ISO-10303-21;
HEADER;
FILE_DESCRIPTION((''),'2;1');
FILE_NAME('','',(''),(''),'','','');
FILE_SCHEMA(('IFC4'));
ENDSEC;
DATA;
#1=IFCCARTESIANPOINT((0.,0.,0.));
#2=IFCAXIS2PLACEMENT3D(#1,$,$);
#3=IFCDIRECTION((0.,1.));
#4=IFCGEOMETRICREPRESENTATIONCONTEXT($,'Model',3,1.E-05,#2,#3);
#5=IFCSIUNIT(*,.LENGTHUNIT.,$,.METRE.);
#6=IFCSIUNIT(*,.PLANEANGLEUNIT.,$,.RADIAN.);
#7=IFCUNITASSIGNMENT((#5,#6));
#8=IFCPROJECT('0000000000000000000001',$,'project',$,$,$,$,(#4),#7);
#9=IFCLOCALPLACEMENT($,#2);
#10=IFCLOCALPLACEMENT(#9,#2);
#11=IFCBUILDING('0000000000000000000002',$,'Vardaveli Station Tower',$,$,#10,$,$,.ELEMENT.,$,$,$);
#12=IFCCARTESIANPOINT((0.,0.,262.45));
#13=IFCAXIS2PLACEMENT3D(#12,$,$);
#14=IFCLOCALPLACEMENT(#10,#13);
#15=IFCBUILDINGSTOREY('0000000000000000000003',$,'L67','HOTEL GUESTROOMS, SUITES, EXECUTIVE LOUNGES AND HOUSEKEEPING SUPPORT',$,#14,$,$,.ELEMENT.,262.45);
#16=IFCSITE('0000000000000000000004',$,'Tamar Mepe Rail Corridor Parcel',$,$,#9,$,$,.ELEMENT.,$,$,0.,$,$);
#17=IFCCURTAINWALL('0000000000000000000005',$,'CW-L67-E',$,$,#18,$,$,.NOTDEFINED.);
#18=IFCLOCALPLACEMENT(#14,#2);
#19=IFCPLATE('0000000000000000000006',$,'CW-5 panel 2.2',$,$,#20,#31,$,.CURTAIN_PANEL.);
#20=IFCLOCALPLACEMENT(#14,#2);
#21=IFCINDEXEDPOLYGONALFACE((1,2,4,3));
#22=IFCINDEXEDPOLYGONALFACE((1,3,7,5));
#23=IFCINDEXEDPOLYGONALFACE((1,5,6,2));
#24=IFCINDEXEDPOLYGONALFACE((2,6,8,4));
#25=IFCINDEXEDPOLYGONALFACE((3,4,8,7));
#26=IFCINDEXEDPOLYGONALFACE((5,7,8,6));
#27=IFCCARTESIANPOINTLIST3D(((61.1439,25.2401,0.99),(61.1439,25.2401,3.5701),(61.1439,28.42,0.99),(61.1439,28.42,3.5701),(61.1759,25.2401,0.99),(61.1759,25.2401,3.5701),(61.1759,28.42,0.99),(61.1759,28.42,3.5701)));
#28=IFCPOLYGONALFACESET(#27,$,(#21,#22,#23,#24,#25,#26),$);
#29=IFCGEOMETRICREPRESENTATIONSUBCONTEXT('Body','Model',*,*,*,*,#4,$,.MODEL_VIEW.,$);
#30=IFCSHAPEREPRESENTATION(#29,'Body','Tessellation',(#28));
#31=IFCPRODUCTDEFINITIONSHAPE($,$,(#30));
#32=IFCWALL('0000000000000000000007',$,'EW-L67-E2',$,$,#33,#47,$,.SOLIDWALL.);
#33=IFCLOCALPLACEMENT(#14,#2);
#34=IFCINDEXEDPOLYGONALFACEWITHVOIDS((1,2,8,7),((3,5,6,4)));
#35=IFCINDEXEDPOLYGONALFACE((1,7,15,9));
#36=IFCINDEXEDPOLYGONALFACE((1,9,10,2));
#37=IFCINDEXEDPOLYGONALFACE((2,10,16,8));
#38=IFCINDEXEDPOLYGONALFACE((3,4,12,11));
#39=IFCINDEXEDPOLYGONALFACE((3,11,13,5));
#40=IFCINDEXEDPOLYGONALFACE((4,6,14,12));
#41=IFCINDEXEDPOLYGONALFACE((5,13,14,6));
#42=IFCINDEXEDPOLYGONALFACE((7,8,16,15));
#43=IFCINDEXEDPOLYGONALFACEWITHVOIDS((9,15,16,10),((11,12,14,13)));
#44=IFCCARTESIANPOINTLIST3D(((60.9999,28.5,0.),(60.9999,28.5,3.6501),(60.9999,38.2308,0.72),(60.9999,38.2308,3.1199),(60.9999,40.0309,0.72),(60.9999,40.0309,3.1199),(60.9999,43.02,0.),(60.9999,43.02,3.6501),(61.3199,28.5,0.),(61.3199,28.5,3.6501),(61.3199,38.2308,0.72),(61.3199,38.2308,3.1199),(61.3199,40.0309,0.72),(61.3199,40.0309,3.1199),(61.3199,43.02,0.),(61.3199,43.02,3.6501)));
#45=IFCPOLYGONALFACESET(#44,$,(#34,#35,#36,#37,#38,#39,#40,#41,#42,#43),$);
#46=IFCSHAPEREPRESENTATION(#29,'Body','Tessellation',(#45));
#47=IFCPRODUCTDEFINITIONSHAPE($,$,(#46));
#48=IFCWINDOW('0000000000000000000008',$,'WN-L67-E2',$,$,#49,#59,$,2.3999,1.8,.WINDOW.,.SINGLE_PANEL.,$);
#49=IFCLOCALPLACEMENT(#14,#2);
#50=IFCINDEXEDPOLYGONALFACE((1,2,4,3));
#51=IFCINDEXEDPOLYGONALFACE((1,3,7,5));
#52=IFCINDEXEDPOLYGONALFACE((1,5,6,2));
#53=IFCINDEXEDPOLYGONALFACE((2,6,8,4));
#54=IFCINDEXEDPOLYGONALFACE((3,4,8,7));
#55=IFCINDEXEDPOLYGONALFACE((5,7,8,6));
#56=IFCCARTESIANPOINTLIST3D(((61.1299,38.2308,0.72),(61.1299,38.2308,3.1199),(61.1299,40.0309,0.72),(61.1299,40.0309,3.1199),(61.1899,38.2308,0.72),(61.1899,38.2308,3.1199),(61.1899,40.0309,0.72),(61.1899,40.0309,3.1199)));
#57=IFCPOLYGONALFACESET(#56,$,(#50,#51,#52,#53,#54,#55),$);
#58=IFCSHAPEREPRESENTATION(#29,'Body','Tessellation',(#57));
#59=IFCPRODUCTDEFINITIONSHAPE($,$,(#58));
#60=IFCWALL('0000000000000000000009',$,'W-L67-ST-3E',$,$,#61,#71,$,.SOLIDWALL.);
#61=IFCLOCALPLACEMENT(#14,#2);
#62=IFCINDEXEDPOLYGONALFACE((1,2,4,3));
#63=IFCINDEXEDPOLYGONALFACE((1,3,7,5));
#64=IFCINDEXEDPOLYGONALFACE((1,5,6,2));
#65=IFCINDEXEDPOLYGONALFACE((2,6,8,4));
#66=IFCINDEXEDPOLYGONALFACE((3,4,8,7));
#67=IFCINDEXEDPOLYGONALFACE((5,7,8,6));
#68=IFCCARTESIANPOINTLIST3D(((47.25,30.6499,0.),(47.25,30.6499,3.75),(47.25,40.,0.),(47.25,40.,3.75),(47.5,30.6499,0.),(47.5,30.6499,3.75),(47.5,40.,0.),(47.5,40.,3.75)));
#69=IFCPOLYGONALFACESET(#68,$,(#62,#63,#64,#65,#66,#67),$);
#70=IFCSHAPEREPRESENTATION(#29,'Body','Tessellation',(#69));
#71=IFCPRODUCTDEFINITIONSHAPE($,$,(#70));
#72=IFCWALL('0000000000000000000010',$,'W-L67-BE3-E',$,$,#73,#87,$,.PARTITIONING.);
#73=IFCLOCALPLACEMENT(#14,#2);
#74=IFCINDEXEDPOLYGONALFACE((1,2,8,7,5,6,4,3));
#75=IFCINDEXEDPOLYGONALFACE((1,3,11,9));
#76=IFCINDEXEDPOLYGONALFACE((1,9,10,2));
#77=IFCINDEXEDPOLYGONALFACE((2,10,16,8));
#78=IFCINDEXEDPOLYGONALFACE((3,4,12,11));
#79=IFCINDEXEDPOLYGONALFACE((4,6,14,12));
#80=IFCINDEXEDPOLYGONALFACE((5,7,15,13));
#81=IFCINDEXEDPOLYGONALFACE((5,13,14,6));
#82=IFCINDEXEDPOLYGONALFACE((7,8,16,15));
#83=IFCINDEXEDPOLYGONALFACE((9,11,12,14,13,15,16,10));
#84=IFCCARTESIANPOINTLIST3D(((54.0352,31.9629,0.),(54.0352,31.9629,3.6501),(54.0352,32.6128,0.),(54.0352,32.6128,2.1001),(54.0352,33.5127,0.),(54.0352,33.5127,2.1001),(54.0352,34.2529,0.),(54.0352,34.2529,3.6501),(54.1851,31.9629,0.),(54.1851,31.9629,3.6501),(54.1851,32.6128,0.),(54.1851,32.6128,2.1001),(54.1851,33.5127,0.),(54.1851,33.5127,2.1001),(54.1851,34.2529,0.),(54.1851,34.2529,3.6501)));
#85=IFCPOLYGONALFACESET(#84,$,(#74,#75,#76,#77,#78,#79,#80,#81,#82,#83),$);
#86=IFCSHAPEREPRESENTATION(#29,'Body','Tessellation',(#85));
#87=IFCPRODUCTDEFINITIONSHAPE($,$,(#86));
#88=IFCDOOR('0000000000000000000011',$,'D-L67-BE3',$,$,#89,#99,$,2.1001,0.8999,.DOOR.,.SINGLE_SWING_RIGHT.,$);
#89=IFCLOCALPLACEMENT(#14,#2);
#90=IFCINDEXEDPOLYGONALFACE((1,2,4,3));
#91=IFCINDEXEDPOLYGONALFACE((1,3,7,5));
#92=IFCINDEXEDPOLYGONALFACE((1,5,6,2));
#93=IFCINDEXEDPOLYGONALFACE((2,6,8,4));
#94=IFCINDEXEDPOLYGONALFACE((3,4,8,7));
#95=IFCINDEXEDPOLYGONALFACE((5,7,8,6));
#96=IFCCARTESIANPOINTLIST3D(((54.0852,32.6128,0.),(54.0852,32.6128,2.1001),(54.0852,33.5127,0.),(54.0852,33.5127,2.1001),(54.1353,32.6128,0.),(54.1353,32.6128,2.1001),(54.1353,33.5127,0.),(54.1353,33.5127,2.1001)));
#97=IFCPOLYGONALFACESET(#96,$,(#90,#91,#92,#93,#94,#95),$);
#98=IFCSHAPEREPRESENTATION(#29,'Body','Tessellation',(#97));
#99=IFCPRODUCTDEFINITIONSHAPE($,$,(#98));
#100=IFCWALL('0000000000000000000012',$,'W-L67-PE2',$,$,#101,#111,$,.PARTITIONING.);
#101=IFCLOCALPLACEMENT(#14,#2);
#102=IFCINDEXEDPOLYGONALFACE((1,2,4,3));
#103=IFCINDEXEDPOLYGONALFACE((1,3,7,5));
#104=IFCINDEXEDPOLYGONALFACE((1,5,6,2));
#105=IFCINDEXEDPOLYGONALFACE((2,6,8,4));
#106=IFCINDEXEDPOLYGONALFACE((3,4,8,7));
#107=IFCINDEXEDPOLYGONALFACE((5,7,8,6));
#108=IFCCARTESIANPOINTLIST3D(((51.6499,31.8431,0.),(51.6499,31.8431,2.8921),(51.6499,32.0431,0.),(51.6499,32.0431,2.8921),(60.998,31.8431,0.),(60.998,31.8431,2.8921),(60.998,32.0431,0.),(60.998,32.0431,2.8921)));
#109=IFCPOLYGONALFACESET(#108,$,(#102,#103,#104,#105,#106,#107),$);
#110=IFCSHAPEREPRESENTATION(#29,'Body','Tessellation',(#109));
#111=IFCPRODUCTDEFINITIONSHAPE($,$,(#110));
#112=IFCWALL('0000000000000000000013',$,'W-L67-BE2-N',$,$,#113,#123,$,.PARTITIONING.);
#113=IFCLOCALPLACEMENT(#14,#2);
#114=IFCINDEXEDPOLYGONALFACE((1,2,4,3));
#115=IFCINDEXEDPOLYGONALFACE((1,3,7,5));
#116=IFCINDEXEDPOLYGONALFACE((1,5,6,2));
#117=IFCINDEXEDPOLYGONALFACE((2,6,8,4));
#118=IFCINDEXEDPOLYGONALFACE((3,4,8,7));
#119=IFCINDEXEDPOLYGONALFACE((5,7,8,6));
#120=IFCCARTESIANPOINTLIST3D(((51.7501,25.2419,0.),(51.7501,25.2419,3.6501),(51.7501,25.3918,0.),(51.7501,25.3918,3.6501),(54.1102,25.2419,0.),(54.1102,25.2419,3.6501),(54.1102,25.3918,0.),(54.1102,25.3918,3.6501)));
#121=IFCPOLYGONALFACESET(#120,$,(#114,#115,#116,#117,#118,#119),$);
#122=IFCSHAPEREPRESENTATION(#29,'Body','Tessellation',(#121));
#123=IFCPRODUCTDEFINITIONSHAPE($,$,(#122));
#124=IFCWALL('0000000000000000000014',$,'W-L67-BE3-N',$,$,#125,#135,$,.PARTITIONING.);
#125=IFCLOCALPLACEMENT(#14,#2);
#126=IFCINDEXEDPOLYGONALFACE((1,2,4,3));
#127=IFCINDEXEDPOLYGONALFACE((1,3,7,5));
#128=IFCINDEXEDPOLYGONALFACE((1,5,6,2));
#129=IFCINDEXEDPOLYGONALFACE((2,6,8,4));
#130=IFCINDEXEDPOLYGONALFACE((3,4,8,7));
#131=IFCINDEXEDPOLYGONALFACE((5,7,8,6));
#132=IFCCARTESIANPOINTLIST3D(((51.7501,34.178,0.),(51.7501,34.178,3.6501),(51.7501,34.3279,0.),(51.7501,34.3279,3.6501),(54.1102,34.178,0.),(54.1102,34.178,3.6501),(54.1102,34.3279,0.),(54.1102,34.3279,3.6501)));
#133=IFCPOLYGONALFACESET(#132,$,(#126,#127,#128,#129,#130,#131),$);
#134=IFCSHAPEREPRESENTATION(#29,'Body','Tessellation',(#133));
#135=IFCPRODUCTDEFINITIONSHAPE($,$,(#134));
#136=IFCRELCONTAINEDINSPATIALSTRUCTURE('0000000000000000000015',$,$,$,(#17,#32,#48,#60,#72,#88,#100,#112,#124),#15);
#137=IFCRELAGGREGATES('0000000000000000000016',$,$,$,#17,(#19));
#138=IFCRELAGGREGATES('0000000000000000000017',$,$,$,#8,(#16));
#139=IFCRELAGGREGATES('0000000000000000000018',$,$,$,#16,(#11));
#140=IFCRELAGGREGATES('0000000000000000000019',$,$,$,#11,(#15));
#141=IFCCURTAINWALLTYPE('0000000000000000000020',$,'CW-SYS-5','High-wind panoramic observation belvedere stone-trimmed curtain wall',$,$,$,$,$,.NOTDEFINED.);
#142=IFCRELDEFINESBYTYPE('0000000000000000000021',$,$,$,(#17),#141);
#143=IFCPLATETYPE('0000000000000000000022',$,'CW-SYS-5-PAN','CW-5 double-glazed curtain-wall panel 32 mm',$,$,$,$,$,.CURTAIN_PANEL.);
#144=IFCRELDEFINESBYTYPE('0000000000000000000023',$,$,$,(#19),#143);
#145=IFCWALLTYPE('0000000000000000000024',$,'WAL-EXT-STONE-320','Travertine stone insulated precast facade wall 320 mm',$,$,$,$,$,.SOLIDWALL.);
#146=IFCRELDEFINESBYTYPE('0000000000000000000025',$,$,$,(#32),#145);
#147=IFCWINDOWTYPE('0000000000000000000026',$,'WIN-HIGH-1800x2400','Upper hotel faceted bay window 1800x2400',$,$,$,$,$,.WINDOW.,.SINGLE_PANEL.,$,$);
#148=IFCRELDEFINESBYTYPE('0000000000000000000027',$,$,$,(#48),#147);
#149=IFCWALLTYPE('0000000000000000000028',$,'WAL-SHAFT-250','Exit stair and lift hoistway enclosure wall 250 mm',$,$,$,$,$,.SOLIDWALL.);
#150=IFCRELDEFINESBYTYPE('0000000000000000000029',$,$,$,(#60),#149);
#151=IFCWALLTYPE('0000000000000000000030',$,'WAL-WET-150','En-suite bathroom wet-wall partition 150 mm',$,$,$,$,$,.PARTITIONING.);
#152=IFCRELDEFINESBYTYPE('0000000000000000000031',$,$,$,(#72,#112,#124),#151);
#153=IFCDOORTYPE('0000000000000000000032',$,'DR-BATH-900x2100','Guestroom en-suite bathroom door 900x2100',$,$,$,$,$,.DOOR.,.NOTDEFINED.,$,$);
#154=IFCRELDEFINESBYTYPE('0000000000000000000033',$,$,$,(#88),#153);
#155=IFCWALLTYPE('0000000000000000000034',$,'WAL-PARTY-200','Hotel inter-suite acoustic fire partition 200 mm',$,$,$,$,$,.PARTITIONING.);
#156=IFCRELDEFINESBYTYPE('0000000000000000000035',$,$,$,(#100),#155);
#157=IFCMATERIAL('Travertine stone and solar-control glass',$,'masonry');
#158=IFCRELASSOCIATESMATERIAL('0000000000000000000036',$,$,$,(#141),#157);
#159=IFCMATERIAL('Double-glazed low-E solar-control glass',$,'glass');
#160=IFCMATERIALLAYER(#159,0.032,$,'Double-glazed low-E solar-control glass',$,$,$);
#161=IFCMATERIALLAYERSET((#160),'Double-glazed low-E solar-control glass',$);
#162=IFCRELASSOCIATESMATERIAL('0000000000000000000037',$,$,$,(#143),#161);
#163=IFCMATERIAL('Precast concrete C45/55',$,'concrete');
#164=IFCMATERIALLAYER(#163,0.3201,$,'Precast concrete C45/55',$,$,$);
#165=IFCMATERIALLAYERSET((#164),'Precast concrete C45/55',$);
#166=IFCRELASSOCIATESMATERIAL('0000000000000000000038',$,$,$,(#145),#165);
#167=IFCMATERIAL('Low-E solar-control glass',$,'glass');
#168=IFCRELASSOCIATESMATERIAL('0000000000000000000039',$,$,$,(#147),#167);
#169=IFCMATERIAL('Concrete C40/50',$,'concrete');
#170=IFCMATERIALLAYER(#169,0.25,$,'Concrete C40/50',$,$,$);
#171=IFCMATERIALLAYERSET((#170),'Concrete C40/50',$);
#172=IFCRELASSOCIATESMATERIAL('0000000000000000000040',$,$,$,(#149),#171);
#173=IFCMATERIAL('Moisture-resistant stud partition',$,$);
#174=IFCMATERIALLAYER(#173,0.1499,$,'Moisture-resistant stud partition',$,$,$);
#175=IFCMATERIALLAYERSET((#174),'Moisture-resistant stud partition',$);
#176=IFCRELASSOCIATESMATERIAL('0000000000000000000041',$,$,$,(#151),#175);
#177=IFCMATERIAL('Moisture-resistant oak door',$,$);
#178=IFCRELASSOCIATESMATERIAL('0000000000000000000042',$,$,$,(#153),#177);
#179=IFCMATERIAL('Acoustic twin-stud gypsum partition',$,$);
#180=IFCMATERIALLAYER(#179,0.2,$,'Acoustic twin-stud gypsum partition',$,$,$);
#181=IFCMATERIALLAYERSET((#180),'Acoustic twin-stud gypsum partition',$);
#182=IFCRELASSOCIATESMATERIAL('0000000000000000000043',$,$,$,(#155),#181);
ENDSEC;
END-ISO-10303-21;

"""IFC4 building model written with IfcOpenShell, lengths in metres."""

from ifc_helpers import new_model, si_unit, direction, frame, frame_2d, origin, origin_2d, place, context, subcontext, project, spatial, rectangle, extrude, source, transform, mapped, material, layer, layer_set, type_object, element, fill, aggregate, save


model = new_model("IFC4")

# Units and contexts
model_context = context("Model", 3, precision=1e-05, world=origin(), true_north=direction((0.0, 1.0)))
body_context = subcontext(model_context, "Body", "Model", "MODEL_VIEW")
ifc_project = project(units=[si_unit("LENGTHUNIT", "METRE"), si_unit("PLANEANGLEUNIT", "RADIAN")], contexts=[model_context])

# Site, building, storey
site_placement = place(None, origin())
site = spatial("IfcSite", under=ifc_project, at=site_placement, Name="Tamar Mepe Rail Corridor Parcel", CompositionType="ELEMENT", RefElevation=0.0)
building_placement = place(site_placement, origin())
building = spatial("IfcBuilding", under=site, at=building_placement, Name="Vardaveli Station Tower", CompositionType="ELEMENT")
storey_placement = place(building_placement, frame((0.0, 0.0, 262.45)))
storey = spatial("IfcBuildingStorey", under=building, at=storey_placement, Name="L67", Description="HOTEL GUESTROOMS, SUITES, EXECUTIVE LOUNGES AND HOUSEKEEPING SUPPORT", CompositionType="ELEMENT", Elevation=262.45)

# Shared definitions
ifc_material_1 = material(Name="Precast concrete C45/55", Category="concrete")

# Curtain wall, plate
ifc_material_2 = material(Name="Travertine stone and solar-control glass", Category="masonry")
curtain_wall_type = type_object("IfcCurtainWallType", Name="CW-SYS-5", Description="High-wind panoramic observation belvedere stone-trimmed curtain wall", PredefinedType="NOTDEFINED", material=ifc_material_2)
curtain_wall_placement = place(storey_placement, origin())
curtain_wall = element("IfcCurtainWall", 1, at=curtain_wall_placement, inside=storey, type_object=curtain_wall_type, Name="CW-L67-E", PredefinedType="NOTDEFINED")
ifc_material_3 = material(Name="Double-glazed low-E solar-control glass", Category="glass")
ifc_layer_1 = layer(ifc_material_3, 0.032, Name="Double-glazed low-E solar-control glass")
ifc_layer_set_1 = layer_set([ifc_layer_1], Name="Double-glazed low-E solar-control glass")
plate_type = type_object("IfcPlateType", Name="CW-SYS-5-PAN", Description="CW-5 double-glazed curtain-wall panel 32 mm", PredefinedType="CURTAIN_PANEL", material=ifc_layer_set_1)
shared_shape_1 = source(origin(), body_context, "Body", "SweptSolid", [
    extrude(rectangle(XDim=3.1799, YDim=0.032, at=origin_2d()), origin(), (0.0, 0.0, 1.0), 2.5801),
])
plate_1_placement = place(storey_placement, frame((61.1599, 26.8301, 0.99), z_axis=(0.0, 0.0, 1.0), x_axis=(0.0, 1.0, 0.0)))
plate_1 = element("IfcPlate", 2, at=plate_1_placement, type_object=plate_type, Name="CW-5 panel 2.2", PredefinedType="CURTAIN_PANEL", context=body_context, shape_type="MappedRepresentation", body=[
    mapped(shared_shape_1, transform((0.0, 0.0, 0.0), scale=1.0)),
])
aggregate(curtain_wall, [plate_1])

# Wall, opening, window
ifc_layer_2 = layer(ifc_material_1, 0.3201, Name="Precast concrete C45/55")
ifc_layer_set_2 = layer_set([ifc_layer_2], Name="Precast concrete C45/55")
wall_type_1 = type_object("IfcWallType", Name="WAL-EXT-STONE-320", Description="Travertine stone insulated precast facade wall 320 mm", PredefinedType="SOLIDWALL", material=ifc_layer_set_2)
shared_shape_2 = source(origin(), body_context, "Body", "SweptSolid", [
    extrude(rectangle(XDim=14.52, YDim=0.3201, at=frame_2d((7.26, 0.0))), origin(), (0.0, 0.0, 1.0), 3.6501),
])
wall_1_placement = place(storey_placement, frame((61.1599, 28.5, 0.0), z_axis=(0.0, 0.0, 1.0), x_axis=(0.0, 1.0, 0.0)))
wall_1 = element("IfcWall", 3, at=wall_1_placement, inside=storey, type_object=wall_type_1, Name="EW-L67-E2", PredefinedType="SOLIDWALL", context=body_context, shape_type="MappedRepresentation", body=[
    mapped(shared_shape_2, transform((0.0, 0.0, 0.0), scale=1.0)),
])
shared_shape_3 = source(origin(), body_context, "Body", "SweptSolid", [
    extrude(rectangle(XDim=1.8, YDim=2.3999, at=frame_2d((0.8999, 1.2))), frame((0.0, 0.1699, 0.0), z_axis=(0.0, -1.0, 0.0), x_axis=(1.0, 0.0, 0.0)), (0.0, 0.0, 1.0), 0.3401),
])
opening_1_placement = place(wall_1_placement, frame((9.731, 0.0, 0.72)))
opening_1 = element("IfcOpeningElement", 4, at=opening_1_placement, cuts=wall_1, PredefinedType="OPENING", context=body_context, shape_type="MappedRepresentation", body=[
    mapped(shared_shape_3, transform((0.0, 0.0, 0.0), scale=1.0)),
])
ifc_material_4 = material(Name="Low-E solar-control glass", Category="glass")
window_type = type_object("IfcWindowType", Name="WIN-HIGH-1800x2400", Description="Upper hotel faceted bay window 1800x2400", PartitioningType="SINGLE_PANEL", PredefinedType="WINDOW", material=ifc_material_4)
shared_shape_4 = source(origin(), body_context, "Body", "SweptSolid", [
    extrude(rectangle(XDim=1.8, YDim=2.3999, at=frame_2d((0.8999, 1.2))), frame((0.0, 0.03, 0.0), z_axis=(0.0, -1.0, 0.0), x_axis=(1.0, 0.0, 0.0)), (0.0, 0.0, 1.0), 0.0601),
])
window_placement = place(opening_1_placement, origin())
window = element("IfcWindow", 5, at=window_placement, inside=storey, type_object=window_type, Name="WN-L67-E2", OverallHeight=2.3999, OverallWidth=1.8, PartitioningType="SINGLE_PANEL", PredefinedType="WINDOW", context=body_context, shape_type="MappedRepresentation", body=[
    mapped(shared_shape_4, transform((0.0, 0.0, 0.0), scale=1.0)),
])
fill(opening_1, window)

# Wall
ifc_material_5 = material(Name="Concrete C40/50", Category="concrete")
ifc_layer_3 = layer(ifc_material_5, 0.25, Name="Concrete C40/50")
ifc_layer_set_3 = layer_set([ifc_layer_3], Name="Concrete C40/50")
wall_type_2 = type_object("IfcWallType", Name="WAL-SHAFT-250", Description="Exit stair and lift hoistway enclosure wall 250 mm", PredefinedType="SOLIDWALL", material=ifc_layer_set_3)
shared_shape_5 = source(origin(), body_context, "Body", "SweptSolid", [
    extrude(rectangle(XDim=9.3501, YDim=0.25, at=frame_2d((4.675, 0.0))), origin(), (0.0, 0.0, 1.0), 3.75),
])
wall_2_placement = place(storey_placement, frame((47.375, 30.6499, 0.0), z_axis=(0.0, 0.0, 1.0), x_axis=(0.0, 1.0, 0.0)))
element("IfcWall", 6, at=wall_2_placement, inside=storey, type_object=wall_type_2, Name="W-L67-ST-3E", PredefinedType="SOLIDWALL", context=body_context, shape_type="MappedRepresentation", body=[
    mapped(shared_shape_5, transform((0.0, 0.0, 0.0), scale=1.0)),
])

# Wall, opening, door
ifc_material_6 = material(Name="Moisture-resistant stud partition")
ifc_layer_4 = layer(ifc_material_6, 0.1499, Name="Moisture-resistant stud partition")
ifc_layer_set_4 = layer_set([ifc_layer_4], Name="Moisture-resistant stud partition")
wall_type_3 = type_object("IfcWallType", Name="WAL-WET-150", Description="En-suite bathroom wet-wall partition 150 mm", PredefinedType="PARTITIONING", material=ifc_layer_set_4)
shared_shape_6 = source(origin(), body_context, "Body", "SweptSolid", [
    extrude(rectangle(XDim=2.29, YDim=0.1499, at=frame_2d((1.145, 0.0))), origin(), (0.0, 0.0, 1.0), 3.6501),
])
wall_3_placement = place(storey_placement, frame((54.1101, 31.9629, 0.0), z_axis=(0.0, 0.0, 1.0), x_axis=(0.0, 1.0, 0.0)))
wall_3 = element("IfcWall", 7, at=wall_3_placement, inside=storey, type_object=wall_type_3, Name="W-L67-BE3-E", PredefinedType="PARTITIONING", context=body_context, shape_type="MappedRepresentation", body=[
    mapped(shared_shape_6, transform((0.0, 0.0, 0.0), scale=1.0)),
])
shared_shape_7 = source(origin(), body_context, "Body", "SweptSolid", [
    extrude(rectangle(XDim=0.8999, YDim=2.1001, at=frame_2d((0.45, 1.05))), frame((0.0, 0.085, 0.0), z_axis=(0.0, -1.0, 0.0), x_axis=(1.0, 0.0, 0.0)), (0.0, 0.0, 1.0), 0.1699),
])
opening_2_placement = place(wall_3_placement, frame((0.6499, 0.0, 0.0)))
opening_2 = element("IfcOpeningElement", 8, at=opening_2_placement, cuts=wall_3, PredefinedType="OPENING", context=body_context, shape_type="MappedRepresentation", body=[
    mapped(shared_shape_7, transform((0.0, 0.0, 0.0), scale=1.0)),
])
ifc_material_7 = material(Name="Moisture-resistant oak door")
door_type = type_object("IfcDoorType", Name="DR-BATH-900x2100", Description="Guestroom en-suite bathroom door 900x2100", OperationType="NOTDEFINED", PredefinedType="DOOR", material=ifc_material_7)
shared_shape_8 = source(origin(), body_context, "Body", "SweptSolid", [
    extrude(rectangle(XDim=0.8999, YDim=2.1001, at=frame_2d((0.45, 1.05))), frame((0.0, 0.0249, 0.0), z_axis=(0.0, -1.0, 0.0), x_axis=(1.0, 0.0, 0.0)), (0.0, 0.0, 1.0), 0.05),
])
door_placement = place(opening_2_placement, origin())
door = element("IfcDoor", 9, at=door_placement, inside=storey, type_object=door_type, Name="D-L67-BE3", OperationType="SINGLE_SWING_RIGHT", OverallHeight=2.1001, OverallWidth=0.8999, PredefinedType="DOOR", context=body_context, shape_type="MappedRepresentation", body=[
    mapped(shared_shape_8, transform((0.0, 0.0, 0.0), scale=1.0)),
])
fill(opening_2, door)

# Walls
ifc_material_8 = material(Name="Acoustic twin-stud gypsum partition")
ifc_layer_5 = layer(ifc_material_8, 0.2, Name="Acoustic twin-stud gypsum partition")
ifc_layer_set_5 = layer_set([ifc_layer_5], Name="Acoustic twin-stud gypsum partition")
wall_type_4 = type_object("IfcWallType", Name="WAL-PARTY-200", Description="Hotel inter-suite acoustic fire partition 200 mm", PredefinedType="PARTITIONING", material=ifc_layer_set_5)
shared_shape_9 = source(origin(), body_context, "Body", "SweptSolid", [
    extrude(rectangle(XDim=9.3481, YDim=0.2, at=frame_2d((4.6741, 0.0))), origin(), (0.0, 0.0, 1.0), 2.8921),
])
wall_4_placement = place(storey_placement, frame((51.6499, 31.9431, 0.0), z_axis=(0.0, 0.0, 1.0), x_axis=(1.0, 0.0, 0.0)))
element("IfcWall", 10, at=wall_4_placement, inside=storey, type_object=wall_type_4, Name="W-L67-PE2", PredefinedType="PARTITIONING", context=body_context, shape_type="MappedRepresentation", body=[
    mapped(shared_shape_9, transform((0.0, 0.0, 0.0), scale=1.0)),
])
shared_shape_10 = source(origin(), body_context, "Body", "SweptSolid", [
    extrude(rectangle(XDim=2.3601, YDim=0.1499, at=frame_2d((1.1802, 0.0))), origin(), (0.0, 0.0, 1.0), 3.6501),
])
for number, where, z_axis, x_axis, name in (
    (11, (51.75, 25.3169, 0.0), (0.0, 0.0, 1.0), (1.0, 0.0, 0.0), "W-L67-BE2-N"),
    (12, (51.75, 34.2529, 0.0), (0.0, 0.0, 1.0), (1.0, 0.0, 0.0), "W-L67-BE3-N"),
):
    element("IfcWall", number, at=place(storey_placement, frame(where, z_axis=z_axis, x_axis=x_axis)), inside=storey, type_object=wall_type_3, Name=name, PredefinedType="PARTITIONING", context=body_context, shape_type="MappedRepresentation", body=[
        mapped(shared_shape_10, transform((0.0, 0.0, 0.0), scale=1.0)),
    ])

save(model, "model.ifc")
